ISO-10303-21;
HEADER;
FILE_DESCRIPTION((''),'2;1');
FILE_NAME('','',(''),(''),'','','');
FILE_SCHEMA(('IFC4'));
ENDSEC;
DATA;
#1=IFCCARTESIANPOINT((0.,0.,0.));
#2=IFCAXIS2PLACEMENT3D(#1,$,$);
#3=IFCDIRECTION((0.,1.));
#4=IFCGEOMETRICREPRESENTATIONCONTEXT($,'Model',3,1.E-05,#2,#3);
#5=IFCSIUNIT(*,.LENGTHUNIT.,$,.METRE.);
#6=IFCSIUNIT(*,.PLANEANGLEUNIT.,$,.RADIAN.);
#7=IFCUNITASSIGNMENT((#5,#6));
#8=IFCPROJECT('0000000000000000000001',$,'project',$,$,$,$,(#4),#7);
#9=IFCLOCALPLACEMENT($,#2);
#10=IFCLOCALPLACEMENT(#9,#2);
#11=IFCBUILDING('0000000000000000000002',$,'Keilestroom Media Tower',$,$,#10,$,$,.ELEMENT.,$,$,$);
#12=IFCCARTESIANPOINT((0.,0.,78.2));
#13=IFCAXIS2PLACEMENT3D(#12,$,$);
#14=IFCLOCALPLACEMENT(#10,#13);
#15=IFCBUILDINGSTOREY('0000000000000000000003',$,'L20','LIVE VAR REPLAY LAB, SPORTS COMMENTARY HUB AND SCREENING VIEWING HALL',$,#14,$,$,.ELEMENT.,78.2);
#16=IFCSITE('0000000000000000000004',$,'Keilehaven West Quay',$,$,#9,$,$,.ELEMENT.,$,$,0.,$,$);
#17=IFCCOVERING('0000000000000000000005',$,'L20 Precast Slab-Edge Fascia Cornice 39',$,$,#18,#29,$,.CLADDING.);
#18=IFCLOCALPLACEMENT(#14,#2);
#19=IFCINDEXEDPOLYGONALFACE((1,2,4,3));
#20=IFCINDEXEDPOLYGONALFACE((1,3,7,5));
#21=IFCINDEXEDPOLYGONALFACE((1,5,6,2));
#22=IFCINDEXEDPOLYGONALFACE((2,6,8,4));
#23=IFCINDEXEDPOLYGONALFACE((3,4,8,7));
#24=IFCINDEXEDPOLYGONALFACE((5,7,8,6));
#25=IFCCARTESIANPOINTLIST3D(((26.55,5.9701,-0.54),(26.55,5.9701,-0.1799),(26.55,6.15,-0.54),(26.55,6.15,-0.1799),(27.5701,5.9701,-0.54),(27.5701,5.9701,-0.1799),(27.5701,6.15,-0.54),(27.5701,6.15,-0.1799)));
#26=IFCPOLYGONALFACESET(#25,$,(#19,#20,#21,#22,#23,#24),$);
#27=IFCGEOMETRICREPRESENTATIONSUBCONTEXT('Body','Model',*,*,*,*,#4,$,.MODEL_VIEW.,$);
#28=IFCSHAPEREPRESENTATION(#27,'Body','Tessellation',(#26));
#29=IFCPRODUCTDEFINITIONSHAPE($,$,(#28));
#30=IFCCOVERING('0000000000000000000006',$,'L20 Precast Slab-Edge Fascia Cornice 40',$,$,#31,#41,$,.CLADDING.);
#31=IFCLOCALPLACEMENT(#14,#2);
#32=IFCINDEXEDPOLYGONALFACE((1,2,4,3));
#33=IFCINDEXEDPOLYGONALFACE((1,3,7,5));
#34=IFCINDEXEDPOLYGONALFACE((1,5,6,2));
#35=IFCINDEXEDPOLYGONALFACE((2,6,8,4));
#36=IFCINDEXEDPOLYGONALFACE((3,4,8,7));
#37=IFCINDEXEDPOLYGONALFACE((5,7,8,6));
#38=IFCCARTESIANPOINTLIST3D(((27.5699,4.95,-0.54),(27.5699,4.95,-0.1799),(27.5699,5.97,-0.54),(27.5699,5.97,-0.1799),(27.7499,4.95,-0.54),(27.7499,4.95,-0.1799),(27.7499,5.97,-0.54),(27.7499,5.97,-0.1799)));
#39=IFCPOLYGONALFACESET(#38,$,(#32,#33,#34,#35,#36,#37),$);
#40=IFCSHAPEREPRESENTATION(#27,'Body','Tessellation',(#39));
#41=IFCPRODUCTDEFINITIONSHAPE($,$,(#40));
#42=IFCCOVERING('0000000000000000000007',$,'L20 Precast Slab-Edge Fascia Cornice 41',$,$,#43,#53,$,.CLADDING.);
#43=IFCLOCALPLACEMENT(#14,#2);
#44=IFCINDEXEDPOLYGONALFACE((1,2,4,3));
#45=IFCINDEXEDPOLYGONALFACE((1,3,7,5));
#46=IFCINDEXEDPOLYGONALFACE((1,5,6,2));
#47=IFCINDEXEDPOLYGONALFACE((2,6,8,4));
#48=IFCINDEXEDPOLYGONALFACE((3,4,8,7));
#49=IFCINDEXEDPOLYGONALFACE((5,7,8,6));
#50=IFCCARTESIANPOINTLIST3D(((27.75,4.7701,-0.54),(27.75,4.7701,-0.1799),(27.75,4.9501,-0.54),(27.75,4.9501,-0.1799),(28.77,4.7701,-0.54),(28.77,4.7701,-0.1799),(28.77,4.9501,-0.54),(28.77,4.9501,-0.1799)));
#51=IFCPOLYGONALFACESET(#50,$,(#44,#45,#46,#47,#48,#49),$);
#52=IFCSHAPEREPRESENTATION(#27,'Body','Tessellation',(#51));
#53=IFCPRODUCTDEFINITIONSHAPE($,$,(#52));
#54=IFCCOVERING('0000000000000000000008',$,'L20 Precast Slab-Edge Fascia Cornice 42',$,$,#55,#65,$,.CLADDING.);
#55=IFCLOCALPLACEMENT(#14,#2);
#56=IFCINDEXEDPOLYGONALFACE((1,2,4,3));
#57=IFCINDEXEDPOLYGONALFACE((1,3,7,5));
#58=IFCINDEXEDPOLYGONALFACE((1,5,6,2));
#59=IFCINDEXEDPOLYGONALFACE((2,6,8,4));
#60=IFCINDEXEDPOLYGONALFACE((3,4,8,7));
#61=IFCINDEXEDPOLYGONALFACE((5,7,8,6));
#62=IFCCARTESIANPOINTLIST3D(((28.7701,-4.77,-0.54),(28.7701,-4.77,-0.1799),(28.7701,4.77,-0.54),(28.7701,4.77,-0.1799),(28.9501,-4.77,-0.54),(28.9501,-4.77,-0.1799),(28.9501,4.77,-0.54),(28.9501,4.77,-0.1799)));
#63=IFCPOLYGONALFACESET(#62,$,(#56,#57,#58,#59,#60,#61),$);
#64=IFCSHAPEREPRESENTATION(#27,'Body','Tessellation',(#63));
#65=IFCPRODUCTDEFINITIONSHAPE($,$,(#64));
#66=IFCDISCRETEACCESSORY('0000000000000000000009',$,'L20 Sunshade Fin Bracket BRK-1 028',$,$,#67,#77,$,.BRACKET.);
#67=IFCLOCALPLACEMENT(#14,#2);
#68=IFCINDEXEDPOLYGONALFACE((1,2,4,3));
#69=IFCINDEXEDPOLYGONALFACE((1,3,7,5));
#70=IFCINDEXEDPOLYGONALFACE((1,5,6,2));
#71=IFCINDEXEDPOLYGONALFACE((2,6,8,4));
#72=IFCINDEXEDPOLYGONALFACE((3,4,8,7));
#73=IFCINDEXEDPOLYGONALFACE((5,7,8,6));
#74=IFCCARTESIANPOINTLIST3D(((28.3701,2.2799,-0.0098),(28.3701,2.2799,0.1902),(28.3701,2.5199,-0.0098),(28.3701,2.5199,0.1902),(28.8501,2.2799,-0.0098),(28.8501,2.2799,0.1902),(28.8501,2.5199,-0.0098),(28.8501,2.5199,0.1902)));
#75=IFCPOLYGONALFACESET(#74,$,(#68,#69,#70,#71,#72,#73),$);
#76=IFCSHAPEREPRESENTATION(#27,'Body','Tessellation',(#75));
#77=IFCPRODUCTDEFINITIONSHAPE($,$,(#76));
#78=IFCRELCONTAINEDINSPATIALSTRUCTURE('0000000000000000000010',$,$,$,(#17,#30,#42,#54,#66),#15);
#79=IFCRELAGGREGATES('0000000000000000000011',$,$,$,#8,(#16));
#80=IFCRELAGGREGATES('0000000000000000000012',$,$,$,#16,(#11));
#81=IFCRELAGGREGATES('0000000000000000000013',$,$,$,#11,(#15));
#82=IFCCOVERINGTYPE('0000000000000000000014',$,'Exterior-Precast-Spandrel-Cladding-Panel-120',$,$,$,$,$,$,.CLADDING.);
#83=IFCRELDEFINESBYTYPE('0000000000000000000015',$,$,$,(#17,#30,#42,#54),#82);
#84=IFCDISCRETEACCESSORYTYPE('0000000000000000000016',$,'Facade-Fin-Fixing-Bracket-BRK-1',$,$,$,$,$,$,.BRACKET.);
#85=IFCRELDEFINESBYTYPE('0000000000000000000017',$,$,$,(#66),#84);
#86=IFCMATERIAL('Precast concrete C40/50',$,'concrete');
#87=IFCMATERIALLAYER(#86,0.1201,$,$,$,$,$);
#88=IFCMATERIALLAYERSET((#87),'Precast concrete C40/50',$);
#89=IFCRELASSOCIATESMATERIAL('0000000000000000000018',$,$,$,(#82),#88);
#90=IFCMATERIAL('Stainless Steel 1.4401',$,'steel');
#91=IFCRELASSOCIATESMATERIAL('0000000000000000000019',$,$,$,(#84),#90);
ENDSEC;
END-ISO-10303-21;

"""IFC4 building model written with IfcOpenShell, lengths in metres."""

from ifc_helpers import new_model, si_unit, direction, frame, origin, origin_2d, place, context, subcontext, project, spatial, rectangle, extrude, source, transform, mapped, material, layer, layer_set, type_object, element, save


model = new_model("IFC4")

# Units and contexts
model_context = context("Model", 3, precision=1e-05, world=origin(), true_north=direction((0.0, 1.0)))
body_context = subcontext(model_context, "Body", "Model", "MODEL_VIEW")
ifc_project = project(units=[si_unit("LENGTHUNIT", "METRE"), si_unit("PLANEANGLEUNIT", "RADIAN")], contexts=[model_context])

# Site, building, storey
site_placement = place(None, origin())
site = spatial("IfcSite", under=ifc_project, at=site_placement, Name="Keilehaven West Quay", CompositionType="ELEMENT", RefElevation=0.0)
building_placement = place(site_placement, origin())
building = spatial("IfcBuilding", under=site, at=building_placement, Name="Keilestroom Media Tower", CompositionType="ELEMENT")
storey_placement = place(building_placement, frame((0.0, 0.0, 78.2)))
storey = spatial("IfcBuildingStorey", under=building, at=storey_placement, Name="L20", Description="LIVE VAR REPLAY LAB, SPORTS COMMENTARY HUB AND SCREENING VIEWING HALL", CompositionType="ELEMENT", Elevation=78.2)

# Shared definitions
ifc_material_1 = material(Name="Precast concrete C40/50", Category="concrete")

# Coverings
ifc_layer_1 = layer(ifc_material_1, 0.1201)
ifc_layer_set_1 = layer_set([ifc_layer_1], Name="Precast concrete C40/50")
covering_type = type_object("IfcCoveringType", Name="Exterior-Precast-Spandrel-Cladding-Panel-120", PredefinedType="CLADDING", material=ifc_layer_set_1)
shared_shape_1 = source(origin(), body_context, "Body", "SweptSolid", [
    extrude(rectangle(XDim=1.02, YDim=0.1799, at=origin_2d()), origin(), (0.0, 0.0, 1.0), 0.3601),
])
for number, where, z_axis, x_axis, name in (
    (1, (27.0601, 6.0601, -0.54), (0.0, 0.0, 1.0), (1.0, 0.0, 0.0), "L20 Precast Slab-Edge Fascia Cornice 39"),
    (2, (27.6599, 5.46, -0.54), (0.0, 0.0, 1.0), (0.0, -1.0, 0.0), "L20 Precast Slab-Edge Fascia Cornice 40"),
    (3, (28.26, 4.8601, -0.54), (0.0, 0.0, 1.0), (1.0, 0.0, 0.0), "L20 Precast Slab-Edge Fascia Cornice 41"),
):
    element("IfcCovering", number, at=place(storey_placement, frame(where, z_axis=z_axis, x_axis=x_axis)), inside=storey, type_object=covering_type, Name=name, PredefinedType="CLADDING", context=body_context, shape_type="MappedRepresentation", body=[
        mapped(shared_shape_1, transform((0.0, 0.0, 0.0), x_axis=(1.0, 0.0, 0.0), y_axis=(0.0, 1.0, 0.0), z_axis=(0.0, 0.0, 1.0), scale=1.0)),
    ])
shared_shape_2 = source(origin(), body_context, "Body", "SweptSolid", [
    extrude(rectangle(XDim=9.54, YDim=0.1799, at=origin_2d()), origin(), (0.0, 0.0, 1.0), 0.3601),
])
covering_placement = place(storey_placement, frame((28.8601, 0.0, -0.54), z_axis=(0.0, 0.0, 1.0), x_axis=(0.0, -1.0, 0.0)))
element("IfcCovering", 4, at=covering_placement, inside=storey, type_object=covering_type, Name="L20 Precast Slab-Edge Fascia Cornice 42", PredefinedType="CLADDING", context=body_context, shape_type="MappedRepresentation", body=[
    mapped(shared_shape_2, transform((0.0, 0.0, 0.0), x_axis=(1.0, 0.0, 0.0), y_axis=(0.0, 1.0, 0.0), z_axis=(0.0, 0.0, 1.0), scale=1.0)),
])

# Discrete accessory
ifc_material_2 = material(Name="Stainless Steel 1.4401", Category="steel")
discrete_accessory_type = type_object("IfcDiscreteAccessoryType", Name="Facade-Fin-Fixing-Bracket-BRK-1", PredefinedType="BRACKET", material=ifc_material_2)
shared_shape_3 = source(origin(), body_context, "Body", "SweptSolid", [
    extrude(rectangle(XDim=0.48, YDim=0.24, at=origin_2d()), origin(), (0.0, 0.0, 1.0), 0.2),
])
discrete_accessory_placement = place(storey_placement, frame((28.6101, 2.3999, -0.0098), z_axis=(0.0, 0.0, 1.0), x_axis=(1.0, 0.0, 0.0)))
element("IfcDiscreteAccessory", 5, at=discrete_accessory_placement, inside=storey, type_object=discrete_accessory_type, Name="L20 Sunshade Fin Bracket BRK-1 028", PredefinedType="BRACKET", context=body_context, shape_type="MappedRepresentation", body=[
    mapped(shared_shape_3, transform((0.0, 0.0, 0.0), x_axis=(1.0, 0.0, 0.0), y_axis=(0.0, 1.0, 0.0), z_axis=(0.0, 0.0, 1.0), scale=1.0)),
])

save(model, "model.ifc")
